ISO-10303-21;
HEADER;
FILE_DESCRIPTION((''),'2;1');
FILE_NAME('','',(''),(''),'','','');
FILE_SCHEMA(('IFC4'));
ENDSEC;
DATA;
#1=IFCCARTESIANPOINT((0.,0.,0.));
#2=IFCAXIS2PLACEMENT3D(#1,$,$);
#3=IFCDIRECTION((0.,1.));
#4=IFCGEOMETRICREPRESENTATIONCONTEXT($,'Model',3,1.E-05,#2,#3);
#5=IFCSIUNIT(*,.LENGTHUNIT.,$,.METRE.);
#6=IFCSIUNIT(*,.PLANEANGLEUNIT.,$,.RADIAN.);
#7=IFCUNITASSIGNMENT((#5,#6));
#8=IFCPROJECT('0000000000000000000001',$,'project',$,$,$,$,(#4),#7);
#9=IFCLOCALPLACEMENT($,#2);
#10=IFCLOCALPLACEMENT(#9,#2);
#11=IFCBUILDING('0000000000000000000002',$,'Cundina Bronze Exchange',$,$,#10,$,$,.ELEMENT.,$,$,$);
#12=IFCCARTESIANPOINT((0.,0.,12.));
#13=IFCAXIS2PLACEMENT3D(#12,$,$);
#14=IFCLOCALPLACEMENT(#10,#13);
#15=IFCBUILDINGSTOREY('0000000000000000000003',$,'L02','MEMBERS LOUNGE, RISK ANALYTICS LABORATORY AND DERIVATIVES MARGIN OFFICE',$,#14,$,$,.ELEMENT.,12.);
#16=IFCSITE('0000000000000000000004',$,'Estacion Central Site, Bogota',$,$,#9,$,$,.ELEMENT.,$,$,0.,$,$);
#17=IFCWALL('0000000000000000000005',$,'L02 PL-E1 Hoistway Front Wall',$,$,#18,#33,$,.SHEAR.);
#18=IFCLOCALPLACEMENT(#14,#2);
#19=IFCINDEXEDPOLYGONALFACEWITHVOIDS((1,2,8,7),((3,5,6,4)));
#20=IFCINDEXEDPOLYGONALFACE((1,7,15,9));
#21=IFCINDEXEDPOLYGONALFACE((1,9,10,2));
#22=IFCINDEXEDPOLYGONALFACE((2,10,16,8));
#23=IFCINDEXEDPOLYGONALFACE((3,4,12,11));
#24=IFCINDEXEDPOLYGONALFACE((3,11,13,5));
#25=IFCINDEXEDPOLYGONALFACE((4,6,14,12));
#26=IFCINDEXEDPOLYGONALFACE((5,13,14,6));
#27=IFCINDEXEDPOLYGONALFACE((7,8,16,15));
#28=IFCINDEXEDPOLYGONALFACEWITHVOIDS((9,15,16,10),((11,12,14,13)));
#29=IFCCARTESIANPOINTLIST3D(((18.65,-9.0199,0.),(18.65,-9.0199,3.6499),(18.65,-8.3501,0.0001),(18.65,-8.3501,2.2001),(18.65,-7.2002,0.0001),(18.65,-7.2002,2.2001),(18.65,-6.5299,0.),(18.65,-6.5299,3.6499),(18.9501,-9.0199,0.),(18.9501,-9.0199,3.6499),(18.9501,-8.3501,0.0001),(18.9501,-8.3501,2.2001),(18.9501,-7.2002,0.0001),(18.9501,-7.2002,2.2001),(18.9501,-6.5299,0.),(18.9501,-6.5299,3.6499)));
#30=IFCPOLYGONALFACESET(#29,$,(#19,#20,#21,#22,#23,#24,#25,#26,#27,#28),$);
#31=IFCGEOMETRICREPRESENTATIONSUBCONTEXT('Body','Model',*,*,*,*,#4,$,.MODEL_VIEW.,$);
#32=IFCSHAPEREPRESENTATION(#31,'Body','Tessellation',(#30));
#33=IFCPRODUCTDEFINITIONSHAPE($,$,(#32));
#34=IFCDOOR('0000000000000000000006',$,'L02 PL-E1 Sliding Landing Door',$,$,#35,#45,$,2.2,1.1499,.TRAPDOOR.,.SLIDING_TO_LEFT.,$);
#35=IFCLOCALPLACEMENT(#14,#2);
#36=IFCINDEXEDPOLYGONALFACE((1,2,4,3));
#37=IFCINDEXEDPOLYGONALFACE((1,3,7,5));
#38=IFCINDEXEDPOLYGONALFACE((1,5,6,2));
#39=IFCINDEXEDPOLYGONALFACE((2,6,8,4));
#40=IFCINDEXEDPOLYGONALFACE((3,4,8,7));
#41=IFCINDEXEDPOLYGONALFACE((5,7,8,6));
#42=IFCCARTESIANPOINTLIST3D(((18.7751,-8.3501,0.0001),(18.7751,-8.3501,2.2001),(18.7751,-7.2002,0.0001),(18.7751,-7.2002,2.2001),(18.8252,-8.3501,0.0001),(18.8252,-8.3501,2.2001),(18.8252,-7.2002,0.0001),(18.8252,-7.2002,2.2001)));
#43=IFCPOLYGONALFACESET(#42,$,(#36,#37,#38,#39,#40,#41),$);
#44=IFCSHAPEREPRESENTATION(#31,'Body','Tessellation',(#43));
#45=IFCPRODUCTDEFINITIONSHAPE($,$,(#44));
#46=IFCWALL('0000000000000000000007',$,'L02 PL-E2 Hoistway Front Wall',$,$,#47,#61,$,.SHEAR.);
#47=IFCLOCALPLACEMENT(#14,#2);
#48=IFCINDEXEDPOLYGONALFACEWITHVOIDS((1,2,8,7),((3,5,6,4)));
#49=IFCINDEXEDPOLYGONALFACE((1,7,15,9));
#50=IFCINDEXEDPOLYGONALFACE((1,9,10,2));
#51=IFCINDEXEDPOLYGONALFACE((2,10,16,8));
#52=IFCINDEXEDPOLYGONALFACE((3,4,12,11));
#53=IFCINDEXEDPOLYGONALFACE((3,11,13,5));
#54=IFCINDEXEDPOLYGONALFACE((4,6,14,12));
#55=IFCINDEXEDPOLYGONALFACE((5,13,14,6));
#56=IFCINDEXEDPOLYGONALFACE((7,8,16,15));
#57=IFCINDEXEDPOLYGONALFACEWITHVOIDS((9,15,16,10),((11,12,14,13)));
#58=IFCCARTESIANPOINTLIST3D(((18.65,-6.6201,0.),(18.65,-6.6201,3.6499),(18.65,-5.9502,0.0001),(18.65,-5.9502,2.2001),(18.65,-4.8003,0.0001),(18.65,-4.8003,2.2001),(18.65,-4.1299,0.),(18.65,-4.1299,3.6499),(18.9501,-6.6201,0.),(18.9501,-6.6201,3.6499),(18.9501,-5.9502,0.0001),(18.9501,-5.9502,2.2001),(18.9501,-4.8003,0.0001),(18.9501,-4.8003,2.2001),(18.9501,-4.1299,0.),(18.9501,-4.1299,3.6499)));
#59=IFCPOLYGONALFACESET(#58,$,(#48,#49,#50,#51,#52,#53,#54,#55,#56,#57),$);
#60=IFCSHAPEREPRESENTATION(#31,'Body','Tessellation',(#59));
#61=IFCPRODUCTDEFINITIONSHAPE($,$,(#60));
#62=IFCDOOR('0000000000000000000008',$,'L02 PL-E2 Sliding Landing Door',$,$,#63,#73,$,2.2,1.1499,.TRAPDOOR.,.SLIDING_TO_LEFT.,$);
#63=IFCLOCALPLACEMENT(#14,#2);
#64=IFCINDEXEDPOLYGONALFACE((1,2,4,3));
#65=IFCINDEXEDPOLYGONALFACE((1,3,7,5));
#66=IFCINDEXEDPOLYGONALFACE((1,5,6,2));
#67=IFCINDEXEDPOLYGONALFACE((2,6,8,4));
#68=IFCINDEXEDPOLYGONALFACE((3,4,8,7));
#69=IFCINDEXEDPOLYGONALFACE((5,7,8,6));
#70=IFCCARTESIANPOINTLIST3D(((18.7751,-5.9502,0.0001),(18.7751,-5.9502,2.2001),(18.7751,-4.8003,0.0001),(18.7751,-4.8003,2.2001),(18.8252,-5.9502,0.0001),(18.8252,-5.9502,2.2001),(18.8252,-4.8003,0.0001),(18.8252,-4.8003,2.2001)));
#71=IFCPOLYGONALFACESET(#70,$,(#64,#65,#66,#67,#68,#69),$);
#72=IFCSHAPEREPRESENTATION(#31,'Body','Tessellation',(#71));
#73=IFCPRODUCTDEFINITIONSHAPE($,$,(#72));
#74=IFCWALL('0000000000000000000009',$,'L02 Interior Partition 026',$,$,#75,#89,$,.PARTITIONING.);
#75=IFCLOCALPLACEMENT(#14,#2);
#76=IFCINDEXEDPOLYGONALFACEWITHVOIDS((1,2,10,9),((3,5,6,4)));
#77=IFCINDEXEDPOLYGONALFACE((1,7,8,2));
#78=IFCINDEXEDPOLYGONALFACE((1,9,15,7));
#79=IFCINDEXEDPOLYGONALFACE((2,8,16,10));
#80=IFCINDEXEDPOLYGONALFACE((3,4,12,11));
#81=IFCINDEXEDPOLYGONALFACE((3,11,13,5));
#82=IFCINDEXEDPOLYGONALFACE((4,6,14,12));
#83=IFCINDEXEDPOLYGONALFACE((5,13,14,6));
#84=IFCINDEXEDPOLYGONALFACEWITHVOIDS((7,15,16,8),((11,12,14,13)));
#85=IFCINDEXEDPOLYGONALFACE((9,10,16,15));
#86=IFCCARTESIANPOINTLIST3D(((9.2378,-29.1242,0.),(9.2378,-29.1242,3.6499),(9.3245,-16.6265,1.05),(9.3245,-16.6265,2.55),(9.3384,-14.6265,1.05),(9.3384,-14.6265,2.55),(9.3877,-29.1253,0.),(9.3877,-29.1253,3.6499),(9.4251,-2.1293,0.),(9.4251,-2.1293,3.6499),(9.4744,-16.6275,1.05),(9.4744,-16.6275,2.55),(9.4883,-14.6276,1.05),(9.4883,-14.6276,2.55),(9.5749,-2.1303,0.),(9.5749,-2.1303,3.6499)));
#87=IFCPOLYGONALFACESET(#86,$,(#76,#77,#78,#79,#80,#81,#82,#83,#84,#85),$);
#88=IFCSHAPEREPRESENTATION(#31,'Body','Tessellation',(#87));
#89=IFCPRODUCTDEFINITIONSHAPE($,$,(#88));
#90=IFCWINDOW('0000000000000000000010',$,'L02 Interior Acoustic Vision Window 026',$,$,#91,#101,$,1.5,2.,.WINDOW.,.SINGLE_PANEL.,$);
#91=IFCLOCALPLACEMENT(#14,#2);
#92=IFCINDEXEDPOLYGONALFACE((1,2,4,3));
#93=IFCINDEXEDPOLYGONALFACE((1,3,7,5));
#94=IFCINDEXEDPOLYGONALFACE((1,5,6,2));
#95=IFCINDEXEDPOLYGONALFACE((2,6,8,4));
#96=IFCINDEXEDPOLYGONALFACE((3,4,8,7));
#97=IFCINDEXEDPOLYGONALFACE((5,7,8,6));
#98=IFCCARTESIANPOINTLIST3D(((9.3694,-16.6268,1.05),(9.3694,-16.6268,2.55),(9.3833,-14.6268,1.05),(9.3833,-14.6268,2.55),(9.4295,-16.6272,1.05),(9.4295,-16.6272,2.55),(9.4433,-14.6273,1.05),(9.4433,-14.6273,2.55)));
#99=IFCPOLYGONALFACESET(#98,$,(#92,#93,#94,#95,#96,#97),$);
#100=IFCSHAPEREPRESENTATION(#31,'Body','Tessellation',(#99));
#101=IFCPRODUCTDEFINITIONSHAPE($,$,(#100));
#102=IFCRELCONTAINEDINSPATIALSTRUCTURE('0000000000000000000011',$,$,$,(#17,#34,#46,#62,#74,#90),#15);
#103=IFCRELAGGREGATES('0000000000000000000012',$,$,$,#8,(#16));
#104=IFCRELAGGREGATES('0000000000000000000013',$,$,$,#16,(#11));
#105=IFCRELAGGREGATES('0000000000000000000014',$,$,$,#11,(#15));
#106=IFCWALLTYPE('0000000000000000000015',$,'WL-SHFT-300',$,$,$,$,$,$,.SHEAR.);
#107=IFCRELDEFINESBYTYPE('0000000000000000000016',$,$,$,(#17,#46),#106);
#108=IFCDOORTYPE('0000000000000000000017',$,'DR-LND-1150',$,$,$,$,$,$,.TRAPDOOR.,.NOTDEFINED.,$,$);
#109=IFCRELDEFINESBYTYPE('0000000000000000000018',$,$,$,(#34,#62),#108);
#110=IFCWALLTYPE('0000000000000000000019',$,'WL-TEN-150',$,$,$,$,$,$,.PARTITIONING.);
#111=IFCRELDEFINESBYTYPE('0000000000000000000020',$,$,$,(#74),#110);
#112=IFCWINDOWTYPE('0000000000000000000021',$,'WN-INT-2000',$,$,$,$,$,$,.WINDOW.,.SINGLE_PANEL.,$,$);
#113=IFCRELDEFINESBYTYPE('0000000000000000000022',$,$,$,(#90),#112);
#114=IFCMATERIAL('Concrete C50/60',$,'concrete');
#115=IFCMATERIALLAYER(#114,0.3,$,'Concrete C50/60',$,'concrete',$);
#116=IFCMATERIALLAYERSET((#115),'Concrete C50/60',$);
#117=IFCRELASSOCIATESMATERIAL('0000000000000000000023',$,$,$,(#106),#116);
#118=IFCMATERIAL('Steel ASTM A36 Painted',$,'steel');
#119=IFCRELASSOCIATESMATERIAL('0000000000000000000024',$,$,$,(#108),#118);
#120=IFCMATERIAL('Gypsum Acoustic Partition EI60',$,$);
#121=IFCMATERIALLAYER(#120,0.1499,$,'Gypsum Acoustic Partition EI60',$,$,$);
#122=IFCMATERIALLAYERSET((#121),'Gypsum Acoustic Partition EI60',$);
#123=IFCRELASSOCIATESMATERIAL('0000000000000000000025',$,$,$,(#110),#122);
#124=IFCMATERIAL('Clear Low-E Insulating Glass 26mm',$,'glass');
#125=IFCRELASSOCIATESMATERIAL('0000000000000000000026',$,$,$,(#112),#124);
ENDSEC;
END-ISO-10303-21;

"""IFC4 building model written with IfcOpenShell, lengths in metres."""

from ifc_helpers import new_model, si_unit, direction, frame, frame_2d, origin, place, context, subcontext, project, spatial, rectangle, extrude, material, layer, layer_set, type_object, element, fill, save


model = new_model("IFC4")

# Units and contexts
model_context = context("Model", 3, precision=1e-05, world=origin(), true_north=direction((0.0, 1.0)))
body_context = subcontext(model_context, "Body", "Model", "MODEL_VIEW")
ifc_project = project(units=[si_unit("LENGTHUNIT", "METRE"), si_unit("PLANEANGLEUNIT", "RADIAN")], contexts=[model_context])

# Site, building, storey
site_placement = place(None, origin())
site = spatial("IfcSite", under=ifc_project, at=site_placement, Name="Estacion Central Site, Bogota", CompositionType="ELEMENT", RefElevation=0.0)
building_placement = place(site_placement, origin())
building = spatial("IfcBuilding", under=site, at=building_placement, Name="Cundina Bronze Exchange", CompositionType="ELEMENT")
storey_placement = place(building_placement, frame((0.0, 0.0, 12.0)))
storey = spatial("IfcBuildingStorey", under=building, at=storey_placement, Name="L02", Description="MEMBERS LOUNGE, RISK ANALYTICS LABORATORY AND DERIVATIVES MARGIN OFFICE", CompositionType="ELEMENT", Elevation=12.0)

# Shared definitions
ifc_material_1 = material(Name="Concrete C50/60", Category="concrete")

# Shared definitions
ifc_layer_1 = layer(ifc_material_1, 0.3, Name="Concrete C50/60", Category="concrete")
ifc_layer_set_1 = layer_set([ifc_layer_1], Name="Concrete C50/60")
wall_type_1 = type_object("IfcWallType", Name="WL-SHFT-300", PredefinedType="SHEAR", material=ifc_layer_set_1)

# Walls, openings, doors
wall_1_placement = place(storey_placement, frame((18.8, -9.02, 0.0), z_axis=(0.0, 0.0, 1.0), x_axis=(0.0, 1.0, 0.0)))
wall_1 = element("IfcWall", 1, at=wall_1_placement, inside=storey, type_object=wall_type_1, Name="L02 PL-E1 Hoistway Front Wall", PredefinedType="SHEAR", context=body_context, shape_type="SweptSolid", body=[
    extrude(rectangle(XDim=2.49, YDim=0.3, at=frame_2d((1.2451, 0.0))), origin(), (0.0, 0.0, 1.0), 3.6499),
])
opening_1_placement = place(wall_1_placement, frame((0.6699, 0.0, 0.0)))
opening_1 = element("IfcOpeningElement", 2, at=opening_1_placement, cuts=wall_1, PredefinedType="OPENING", context=body_context, shape_type="SweptSolid", body=[
    extrude(rectangle(XDim=1.1499, YDim=2.2, at=frame_2d((0.575, 1.1001))), frame((0.0, 0.1599, 0.0), z_axis=(0.0, -1.0, 0.0), x_axis=(1.0, 0.0, 0.0)), (0.0, 0.0, 1.0), 0.3201),
])
ifc_material_2 = material(Name="Steel ASTM A36 Painted", Category="steel")
door_type_1 = type_object("IfcDoorType", Name="DR-LND-1150", OperationType="NOTDEFINED", PredefinedType="TRAPDOOR", material=ifc_material_2)
door_1_placement = place(opening_1_placement, origin())
door_1 = element("IfcDoor", 3, at=door_1_placement, inside=storey, type_object=door_type_1, Name="L02 PL-E1 Sliding Landing Door", OperationType="SLIDING_TO_LEFT", OverallHeight=2.2, OverallWidth=1.1499, PredefinedType="TRAPDOOR", context=body_context, shape_type="SweptSolid", body=[
    extrude(rectangle(XDim=1.1499, YDim=2.2, at=frame_2d((0.575, 1.1001))), frame((0.0, 0.0249, 0.0), z_axis=(0.0, -1.0, 0.0), x_axis=(1.0, 0.0, 0.0)), (0.0, 0.0, 1.0), 0.05),
])
fill(opening_1, door_1)
wall_2_placement = place(storey_placement, frame((18.8, -6.6201, 0.0), z_axis=(0.0, 0.0, 1.0), x_axis=(0.0, 1.0, 0.0)))
wall_2 = element("IfcWall", 4, at=wall_2_placement, inside=storey, type_object=wall_type_1, Name="L02 PL-E2 Hoistway Front Wall", PredefinedType="SHEAR", context=body_context, shape_type="SweptSolid", body=[
    extrude(rectangle(XDim=2.4902, YDim=0.3, at=frame_2d((1.2451, 0.0))), origin(), (0.0, 0.0, 1.0), 3.6499),
])
opening_2_placement = place(wall_2_placement, frame((0.6699, 0.0, 0.0)))
opening_2 = element("IfcOpeningElement", 5, at=opening_2_placement, cuts=wall_2, PredefinedType="OPENING", context=body_context, shape_type="SweptSolid", body=[
    extrude(rectangle(XDim=1.1499, YDim=2.2, at=frame_2d((0.575, 1.1001))), frame((0.0, 0.1599, 0.0), z_axis=(0.0, -1.0, 0.0), x_axis=(1.0, 0.0, 0.0)), (0.0, 0.0, 1.0), 0.3201),
])
door_2_placement = place(opening_2_placement, origin())
door_2 = element("IfcDoor", 6, at=door_2_placement, inside=storey, type_object=door_type_1, Name="L02 PL-E2 Sliding Landing Door", OperationType="SLIDING_TO_LEFT", OverallHeight=2.2, OverallWidth=1.1499, PredefinedType="TRAPDOOR", context=body_context, shape_type="SweptSolid", body=[
    extrude(rectangle(XDim=1.1499, YDim=2.2, at=frame_2d((0.575, 1.1001))), frame((0.0, 0.0249, 0.0), z_axis=(0.0, -1.0, 0.0), x_axis=(1.0, 0.0, 0.0)), (0.0, 0.0, 1.0), 0.05),
])
fill(opening_2, door_2)

# Wall, opening, window
ifc_material_3 = material(Name="Gypsum Acoustic Partition EI60")
ifc_layer_2 = layer(ifc_material_3, 0.1499, Name="Gypsum Acoustic Partition EI60")
ifc_layer_set_2 = layer_set([ifc_layer_2], Name="Gypsum Acoustic Partition EI60")
wall_type_2 = type_object("IfcWallType", Name="WL-TEN-150", PredefinedType="PARTITIONING", material=ifc_layer_set_2)
wall_3_placement = place(storey_placement, frame((9.3127, -29.1248, 0.0), z_axis=(0.0, 0.0, 1.0), x_axis=(0.006937, 0.999976, 0.0)))
wall_3 = element("IfcWall", 7, at=wall_3_placement, inside=storey, type_object=wall_type_2, Name="L02 Interior Partition 026", PredefinedType="PARTITIONING", context=body_context, shape_type="SweptSolid", body=[
    extrude(rectangle(XDim=26.9956, YDim=0.1499, at=frame_2d((13.4978, 0.0))), origin(), (0.0, 0.0, 1.0), 3.6499),
])
opening_3_placement = place(wall_3_placement, frame((12.498, 0.0, 1.05)))
opening_3 = element("IfcOpeningElement", 8, at=opening_3_placement, cuts=wall_3, PredefinedType="OPENING", context=body_context, shape_type="SweptSolid", body=[
    extrude(rectangle(XDim=2.0, YDim=1.5, at=frame_2d((1.0, 0.75))), frame((0.0, 0.085, 0.0), z_axis=(0.0, -1.0, 0.0), x_axis=(1.0, 0.0, 0.0)), (0.0, 0.0, 1.0), 0.1699),
])
ifc_material_4 = material(Name="Clear Low-E Insulating Glass 26mm", Category="glass")
window_type_1 = type_object("IfcWindowType", Name="WN-INT-2000", PartitioningType="SINGLE_PANEL", PredefinedType="WINDOW", material=ifc_material_4)
window_1_placement = place(opening_3_placement, origin())
window_1 = element("IfcWindow", 9, at=window_1_placement, inside=storey, type_object=window_type_1, Name="L02 Interior Acoustic Vision Window 026", OverallHeight=1.5, OverallWidth=2.0, PartitioningType="SINGLE_PANEL", PredefinedType="WINDOW", context=body_context, shape_type="SweptSolid", body=[
    extrude(rectangle(XDim=2.0, YDim=1.5, at=frame_2d((1.0, 0.75))), frame((0.0, 0.03, 0.0), z_axis=(0.0, -1.0, 0.0), x_axis=(1.0, 0.0, 0.0)), (0.0, 0.0, 1.0), 0.0601),
])
fill(opening_3, window_1)

save(model, "model.ifc")
